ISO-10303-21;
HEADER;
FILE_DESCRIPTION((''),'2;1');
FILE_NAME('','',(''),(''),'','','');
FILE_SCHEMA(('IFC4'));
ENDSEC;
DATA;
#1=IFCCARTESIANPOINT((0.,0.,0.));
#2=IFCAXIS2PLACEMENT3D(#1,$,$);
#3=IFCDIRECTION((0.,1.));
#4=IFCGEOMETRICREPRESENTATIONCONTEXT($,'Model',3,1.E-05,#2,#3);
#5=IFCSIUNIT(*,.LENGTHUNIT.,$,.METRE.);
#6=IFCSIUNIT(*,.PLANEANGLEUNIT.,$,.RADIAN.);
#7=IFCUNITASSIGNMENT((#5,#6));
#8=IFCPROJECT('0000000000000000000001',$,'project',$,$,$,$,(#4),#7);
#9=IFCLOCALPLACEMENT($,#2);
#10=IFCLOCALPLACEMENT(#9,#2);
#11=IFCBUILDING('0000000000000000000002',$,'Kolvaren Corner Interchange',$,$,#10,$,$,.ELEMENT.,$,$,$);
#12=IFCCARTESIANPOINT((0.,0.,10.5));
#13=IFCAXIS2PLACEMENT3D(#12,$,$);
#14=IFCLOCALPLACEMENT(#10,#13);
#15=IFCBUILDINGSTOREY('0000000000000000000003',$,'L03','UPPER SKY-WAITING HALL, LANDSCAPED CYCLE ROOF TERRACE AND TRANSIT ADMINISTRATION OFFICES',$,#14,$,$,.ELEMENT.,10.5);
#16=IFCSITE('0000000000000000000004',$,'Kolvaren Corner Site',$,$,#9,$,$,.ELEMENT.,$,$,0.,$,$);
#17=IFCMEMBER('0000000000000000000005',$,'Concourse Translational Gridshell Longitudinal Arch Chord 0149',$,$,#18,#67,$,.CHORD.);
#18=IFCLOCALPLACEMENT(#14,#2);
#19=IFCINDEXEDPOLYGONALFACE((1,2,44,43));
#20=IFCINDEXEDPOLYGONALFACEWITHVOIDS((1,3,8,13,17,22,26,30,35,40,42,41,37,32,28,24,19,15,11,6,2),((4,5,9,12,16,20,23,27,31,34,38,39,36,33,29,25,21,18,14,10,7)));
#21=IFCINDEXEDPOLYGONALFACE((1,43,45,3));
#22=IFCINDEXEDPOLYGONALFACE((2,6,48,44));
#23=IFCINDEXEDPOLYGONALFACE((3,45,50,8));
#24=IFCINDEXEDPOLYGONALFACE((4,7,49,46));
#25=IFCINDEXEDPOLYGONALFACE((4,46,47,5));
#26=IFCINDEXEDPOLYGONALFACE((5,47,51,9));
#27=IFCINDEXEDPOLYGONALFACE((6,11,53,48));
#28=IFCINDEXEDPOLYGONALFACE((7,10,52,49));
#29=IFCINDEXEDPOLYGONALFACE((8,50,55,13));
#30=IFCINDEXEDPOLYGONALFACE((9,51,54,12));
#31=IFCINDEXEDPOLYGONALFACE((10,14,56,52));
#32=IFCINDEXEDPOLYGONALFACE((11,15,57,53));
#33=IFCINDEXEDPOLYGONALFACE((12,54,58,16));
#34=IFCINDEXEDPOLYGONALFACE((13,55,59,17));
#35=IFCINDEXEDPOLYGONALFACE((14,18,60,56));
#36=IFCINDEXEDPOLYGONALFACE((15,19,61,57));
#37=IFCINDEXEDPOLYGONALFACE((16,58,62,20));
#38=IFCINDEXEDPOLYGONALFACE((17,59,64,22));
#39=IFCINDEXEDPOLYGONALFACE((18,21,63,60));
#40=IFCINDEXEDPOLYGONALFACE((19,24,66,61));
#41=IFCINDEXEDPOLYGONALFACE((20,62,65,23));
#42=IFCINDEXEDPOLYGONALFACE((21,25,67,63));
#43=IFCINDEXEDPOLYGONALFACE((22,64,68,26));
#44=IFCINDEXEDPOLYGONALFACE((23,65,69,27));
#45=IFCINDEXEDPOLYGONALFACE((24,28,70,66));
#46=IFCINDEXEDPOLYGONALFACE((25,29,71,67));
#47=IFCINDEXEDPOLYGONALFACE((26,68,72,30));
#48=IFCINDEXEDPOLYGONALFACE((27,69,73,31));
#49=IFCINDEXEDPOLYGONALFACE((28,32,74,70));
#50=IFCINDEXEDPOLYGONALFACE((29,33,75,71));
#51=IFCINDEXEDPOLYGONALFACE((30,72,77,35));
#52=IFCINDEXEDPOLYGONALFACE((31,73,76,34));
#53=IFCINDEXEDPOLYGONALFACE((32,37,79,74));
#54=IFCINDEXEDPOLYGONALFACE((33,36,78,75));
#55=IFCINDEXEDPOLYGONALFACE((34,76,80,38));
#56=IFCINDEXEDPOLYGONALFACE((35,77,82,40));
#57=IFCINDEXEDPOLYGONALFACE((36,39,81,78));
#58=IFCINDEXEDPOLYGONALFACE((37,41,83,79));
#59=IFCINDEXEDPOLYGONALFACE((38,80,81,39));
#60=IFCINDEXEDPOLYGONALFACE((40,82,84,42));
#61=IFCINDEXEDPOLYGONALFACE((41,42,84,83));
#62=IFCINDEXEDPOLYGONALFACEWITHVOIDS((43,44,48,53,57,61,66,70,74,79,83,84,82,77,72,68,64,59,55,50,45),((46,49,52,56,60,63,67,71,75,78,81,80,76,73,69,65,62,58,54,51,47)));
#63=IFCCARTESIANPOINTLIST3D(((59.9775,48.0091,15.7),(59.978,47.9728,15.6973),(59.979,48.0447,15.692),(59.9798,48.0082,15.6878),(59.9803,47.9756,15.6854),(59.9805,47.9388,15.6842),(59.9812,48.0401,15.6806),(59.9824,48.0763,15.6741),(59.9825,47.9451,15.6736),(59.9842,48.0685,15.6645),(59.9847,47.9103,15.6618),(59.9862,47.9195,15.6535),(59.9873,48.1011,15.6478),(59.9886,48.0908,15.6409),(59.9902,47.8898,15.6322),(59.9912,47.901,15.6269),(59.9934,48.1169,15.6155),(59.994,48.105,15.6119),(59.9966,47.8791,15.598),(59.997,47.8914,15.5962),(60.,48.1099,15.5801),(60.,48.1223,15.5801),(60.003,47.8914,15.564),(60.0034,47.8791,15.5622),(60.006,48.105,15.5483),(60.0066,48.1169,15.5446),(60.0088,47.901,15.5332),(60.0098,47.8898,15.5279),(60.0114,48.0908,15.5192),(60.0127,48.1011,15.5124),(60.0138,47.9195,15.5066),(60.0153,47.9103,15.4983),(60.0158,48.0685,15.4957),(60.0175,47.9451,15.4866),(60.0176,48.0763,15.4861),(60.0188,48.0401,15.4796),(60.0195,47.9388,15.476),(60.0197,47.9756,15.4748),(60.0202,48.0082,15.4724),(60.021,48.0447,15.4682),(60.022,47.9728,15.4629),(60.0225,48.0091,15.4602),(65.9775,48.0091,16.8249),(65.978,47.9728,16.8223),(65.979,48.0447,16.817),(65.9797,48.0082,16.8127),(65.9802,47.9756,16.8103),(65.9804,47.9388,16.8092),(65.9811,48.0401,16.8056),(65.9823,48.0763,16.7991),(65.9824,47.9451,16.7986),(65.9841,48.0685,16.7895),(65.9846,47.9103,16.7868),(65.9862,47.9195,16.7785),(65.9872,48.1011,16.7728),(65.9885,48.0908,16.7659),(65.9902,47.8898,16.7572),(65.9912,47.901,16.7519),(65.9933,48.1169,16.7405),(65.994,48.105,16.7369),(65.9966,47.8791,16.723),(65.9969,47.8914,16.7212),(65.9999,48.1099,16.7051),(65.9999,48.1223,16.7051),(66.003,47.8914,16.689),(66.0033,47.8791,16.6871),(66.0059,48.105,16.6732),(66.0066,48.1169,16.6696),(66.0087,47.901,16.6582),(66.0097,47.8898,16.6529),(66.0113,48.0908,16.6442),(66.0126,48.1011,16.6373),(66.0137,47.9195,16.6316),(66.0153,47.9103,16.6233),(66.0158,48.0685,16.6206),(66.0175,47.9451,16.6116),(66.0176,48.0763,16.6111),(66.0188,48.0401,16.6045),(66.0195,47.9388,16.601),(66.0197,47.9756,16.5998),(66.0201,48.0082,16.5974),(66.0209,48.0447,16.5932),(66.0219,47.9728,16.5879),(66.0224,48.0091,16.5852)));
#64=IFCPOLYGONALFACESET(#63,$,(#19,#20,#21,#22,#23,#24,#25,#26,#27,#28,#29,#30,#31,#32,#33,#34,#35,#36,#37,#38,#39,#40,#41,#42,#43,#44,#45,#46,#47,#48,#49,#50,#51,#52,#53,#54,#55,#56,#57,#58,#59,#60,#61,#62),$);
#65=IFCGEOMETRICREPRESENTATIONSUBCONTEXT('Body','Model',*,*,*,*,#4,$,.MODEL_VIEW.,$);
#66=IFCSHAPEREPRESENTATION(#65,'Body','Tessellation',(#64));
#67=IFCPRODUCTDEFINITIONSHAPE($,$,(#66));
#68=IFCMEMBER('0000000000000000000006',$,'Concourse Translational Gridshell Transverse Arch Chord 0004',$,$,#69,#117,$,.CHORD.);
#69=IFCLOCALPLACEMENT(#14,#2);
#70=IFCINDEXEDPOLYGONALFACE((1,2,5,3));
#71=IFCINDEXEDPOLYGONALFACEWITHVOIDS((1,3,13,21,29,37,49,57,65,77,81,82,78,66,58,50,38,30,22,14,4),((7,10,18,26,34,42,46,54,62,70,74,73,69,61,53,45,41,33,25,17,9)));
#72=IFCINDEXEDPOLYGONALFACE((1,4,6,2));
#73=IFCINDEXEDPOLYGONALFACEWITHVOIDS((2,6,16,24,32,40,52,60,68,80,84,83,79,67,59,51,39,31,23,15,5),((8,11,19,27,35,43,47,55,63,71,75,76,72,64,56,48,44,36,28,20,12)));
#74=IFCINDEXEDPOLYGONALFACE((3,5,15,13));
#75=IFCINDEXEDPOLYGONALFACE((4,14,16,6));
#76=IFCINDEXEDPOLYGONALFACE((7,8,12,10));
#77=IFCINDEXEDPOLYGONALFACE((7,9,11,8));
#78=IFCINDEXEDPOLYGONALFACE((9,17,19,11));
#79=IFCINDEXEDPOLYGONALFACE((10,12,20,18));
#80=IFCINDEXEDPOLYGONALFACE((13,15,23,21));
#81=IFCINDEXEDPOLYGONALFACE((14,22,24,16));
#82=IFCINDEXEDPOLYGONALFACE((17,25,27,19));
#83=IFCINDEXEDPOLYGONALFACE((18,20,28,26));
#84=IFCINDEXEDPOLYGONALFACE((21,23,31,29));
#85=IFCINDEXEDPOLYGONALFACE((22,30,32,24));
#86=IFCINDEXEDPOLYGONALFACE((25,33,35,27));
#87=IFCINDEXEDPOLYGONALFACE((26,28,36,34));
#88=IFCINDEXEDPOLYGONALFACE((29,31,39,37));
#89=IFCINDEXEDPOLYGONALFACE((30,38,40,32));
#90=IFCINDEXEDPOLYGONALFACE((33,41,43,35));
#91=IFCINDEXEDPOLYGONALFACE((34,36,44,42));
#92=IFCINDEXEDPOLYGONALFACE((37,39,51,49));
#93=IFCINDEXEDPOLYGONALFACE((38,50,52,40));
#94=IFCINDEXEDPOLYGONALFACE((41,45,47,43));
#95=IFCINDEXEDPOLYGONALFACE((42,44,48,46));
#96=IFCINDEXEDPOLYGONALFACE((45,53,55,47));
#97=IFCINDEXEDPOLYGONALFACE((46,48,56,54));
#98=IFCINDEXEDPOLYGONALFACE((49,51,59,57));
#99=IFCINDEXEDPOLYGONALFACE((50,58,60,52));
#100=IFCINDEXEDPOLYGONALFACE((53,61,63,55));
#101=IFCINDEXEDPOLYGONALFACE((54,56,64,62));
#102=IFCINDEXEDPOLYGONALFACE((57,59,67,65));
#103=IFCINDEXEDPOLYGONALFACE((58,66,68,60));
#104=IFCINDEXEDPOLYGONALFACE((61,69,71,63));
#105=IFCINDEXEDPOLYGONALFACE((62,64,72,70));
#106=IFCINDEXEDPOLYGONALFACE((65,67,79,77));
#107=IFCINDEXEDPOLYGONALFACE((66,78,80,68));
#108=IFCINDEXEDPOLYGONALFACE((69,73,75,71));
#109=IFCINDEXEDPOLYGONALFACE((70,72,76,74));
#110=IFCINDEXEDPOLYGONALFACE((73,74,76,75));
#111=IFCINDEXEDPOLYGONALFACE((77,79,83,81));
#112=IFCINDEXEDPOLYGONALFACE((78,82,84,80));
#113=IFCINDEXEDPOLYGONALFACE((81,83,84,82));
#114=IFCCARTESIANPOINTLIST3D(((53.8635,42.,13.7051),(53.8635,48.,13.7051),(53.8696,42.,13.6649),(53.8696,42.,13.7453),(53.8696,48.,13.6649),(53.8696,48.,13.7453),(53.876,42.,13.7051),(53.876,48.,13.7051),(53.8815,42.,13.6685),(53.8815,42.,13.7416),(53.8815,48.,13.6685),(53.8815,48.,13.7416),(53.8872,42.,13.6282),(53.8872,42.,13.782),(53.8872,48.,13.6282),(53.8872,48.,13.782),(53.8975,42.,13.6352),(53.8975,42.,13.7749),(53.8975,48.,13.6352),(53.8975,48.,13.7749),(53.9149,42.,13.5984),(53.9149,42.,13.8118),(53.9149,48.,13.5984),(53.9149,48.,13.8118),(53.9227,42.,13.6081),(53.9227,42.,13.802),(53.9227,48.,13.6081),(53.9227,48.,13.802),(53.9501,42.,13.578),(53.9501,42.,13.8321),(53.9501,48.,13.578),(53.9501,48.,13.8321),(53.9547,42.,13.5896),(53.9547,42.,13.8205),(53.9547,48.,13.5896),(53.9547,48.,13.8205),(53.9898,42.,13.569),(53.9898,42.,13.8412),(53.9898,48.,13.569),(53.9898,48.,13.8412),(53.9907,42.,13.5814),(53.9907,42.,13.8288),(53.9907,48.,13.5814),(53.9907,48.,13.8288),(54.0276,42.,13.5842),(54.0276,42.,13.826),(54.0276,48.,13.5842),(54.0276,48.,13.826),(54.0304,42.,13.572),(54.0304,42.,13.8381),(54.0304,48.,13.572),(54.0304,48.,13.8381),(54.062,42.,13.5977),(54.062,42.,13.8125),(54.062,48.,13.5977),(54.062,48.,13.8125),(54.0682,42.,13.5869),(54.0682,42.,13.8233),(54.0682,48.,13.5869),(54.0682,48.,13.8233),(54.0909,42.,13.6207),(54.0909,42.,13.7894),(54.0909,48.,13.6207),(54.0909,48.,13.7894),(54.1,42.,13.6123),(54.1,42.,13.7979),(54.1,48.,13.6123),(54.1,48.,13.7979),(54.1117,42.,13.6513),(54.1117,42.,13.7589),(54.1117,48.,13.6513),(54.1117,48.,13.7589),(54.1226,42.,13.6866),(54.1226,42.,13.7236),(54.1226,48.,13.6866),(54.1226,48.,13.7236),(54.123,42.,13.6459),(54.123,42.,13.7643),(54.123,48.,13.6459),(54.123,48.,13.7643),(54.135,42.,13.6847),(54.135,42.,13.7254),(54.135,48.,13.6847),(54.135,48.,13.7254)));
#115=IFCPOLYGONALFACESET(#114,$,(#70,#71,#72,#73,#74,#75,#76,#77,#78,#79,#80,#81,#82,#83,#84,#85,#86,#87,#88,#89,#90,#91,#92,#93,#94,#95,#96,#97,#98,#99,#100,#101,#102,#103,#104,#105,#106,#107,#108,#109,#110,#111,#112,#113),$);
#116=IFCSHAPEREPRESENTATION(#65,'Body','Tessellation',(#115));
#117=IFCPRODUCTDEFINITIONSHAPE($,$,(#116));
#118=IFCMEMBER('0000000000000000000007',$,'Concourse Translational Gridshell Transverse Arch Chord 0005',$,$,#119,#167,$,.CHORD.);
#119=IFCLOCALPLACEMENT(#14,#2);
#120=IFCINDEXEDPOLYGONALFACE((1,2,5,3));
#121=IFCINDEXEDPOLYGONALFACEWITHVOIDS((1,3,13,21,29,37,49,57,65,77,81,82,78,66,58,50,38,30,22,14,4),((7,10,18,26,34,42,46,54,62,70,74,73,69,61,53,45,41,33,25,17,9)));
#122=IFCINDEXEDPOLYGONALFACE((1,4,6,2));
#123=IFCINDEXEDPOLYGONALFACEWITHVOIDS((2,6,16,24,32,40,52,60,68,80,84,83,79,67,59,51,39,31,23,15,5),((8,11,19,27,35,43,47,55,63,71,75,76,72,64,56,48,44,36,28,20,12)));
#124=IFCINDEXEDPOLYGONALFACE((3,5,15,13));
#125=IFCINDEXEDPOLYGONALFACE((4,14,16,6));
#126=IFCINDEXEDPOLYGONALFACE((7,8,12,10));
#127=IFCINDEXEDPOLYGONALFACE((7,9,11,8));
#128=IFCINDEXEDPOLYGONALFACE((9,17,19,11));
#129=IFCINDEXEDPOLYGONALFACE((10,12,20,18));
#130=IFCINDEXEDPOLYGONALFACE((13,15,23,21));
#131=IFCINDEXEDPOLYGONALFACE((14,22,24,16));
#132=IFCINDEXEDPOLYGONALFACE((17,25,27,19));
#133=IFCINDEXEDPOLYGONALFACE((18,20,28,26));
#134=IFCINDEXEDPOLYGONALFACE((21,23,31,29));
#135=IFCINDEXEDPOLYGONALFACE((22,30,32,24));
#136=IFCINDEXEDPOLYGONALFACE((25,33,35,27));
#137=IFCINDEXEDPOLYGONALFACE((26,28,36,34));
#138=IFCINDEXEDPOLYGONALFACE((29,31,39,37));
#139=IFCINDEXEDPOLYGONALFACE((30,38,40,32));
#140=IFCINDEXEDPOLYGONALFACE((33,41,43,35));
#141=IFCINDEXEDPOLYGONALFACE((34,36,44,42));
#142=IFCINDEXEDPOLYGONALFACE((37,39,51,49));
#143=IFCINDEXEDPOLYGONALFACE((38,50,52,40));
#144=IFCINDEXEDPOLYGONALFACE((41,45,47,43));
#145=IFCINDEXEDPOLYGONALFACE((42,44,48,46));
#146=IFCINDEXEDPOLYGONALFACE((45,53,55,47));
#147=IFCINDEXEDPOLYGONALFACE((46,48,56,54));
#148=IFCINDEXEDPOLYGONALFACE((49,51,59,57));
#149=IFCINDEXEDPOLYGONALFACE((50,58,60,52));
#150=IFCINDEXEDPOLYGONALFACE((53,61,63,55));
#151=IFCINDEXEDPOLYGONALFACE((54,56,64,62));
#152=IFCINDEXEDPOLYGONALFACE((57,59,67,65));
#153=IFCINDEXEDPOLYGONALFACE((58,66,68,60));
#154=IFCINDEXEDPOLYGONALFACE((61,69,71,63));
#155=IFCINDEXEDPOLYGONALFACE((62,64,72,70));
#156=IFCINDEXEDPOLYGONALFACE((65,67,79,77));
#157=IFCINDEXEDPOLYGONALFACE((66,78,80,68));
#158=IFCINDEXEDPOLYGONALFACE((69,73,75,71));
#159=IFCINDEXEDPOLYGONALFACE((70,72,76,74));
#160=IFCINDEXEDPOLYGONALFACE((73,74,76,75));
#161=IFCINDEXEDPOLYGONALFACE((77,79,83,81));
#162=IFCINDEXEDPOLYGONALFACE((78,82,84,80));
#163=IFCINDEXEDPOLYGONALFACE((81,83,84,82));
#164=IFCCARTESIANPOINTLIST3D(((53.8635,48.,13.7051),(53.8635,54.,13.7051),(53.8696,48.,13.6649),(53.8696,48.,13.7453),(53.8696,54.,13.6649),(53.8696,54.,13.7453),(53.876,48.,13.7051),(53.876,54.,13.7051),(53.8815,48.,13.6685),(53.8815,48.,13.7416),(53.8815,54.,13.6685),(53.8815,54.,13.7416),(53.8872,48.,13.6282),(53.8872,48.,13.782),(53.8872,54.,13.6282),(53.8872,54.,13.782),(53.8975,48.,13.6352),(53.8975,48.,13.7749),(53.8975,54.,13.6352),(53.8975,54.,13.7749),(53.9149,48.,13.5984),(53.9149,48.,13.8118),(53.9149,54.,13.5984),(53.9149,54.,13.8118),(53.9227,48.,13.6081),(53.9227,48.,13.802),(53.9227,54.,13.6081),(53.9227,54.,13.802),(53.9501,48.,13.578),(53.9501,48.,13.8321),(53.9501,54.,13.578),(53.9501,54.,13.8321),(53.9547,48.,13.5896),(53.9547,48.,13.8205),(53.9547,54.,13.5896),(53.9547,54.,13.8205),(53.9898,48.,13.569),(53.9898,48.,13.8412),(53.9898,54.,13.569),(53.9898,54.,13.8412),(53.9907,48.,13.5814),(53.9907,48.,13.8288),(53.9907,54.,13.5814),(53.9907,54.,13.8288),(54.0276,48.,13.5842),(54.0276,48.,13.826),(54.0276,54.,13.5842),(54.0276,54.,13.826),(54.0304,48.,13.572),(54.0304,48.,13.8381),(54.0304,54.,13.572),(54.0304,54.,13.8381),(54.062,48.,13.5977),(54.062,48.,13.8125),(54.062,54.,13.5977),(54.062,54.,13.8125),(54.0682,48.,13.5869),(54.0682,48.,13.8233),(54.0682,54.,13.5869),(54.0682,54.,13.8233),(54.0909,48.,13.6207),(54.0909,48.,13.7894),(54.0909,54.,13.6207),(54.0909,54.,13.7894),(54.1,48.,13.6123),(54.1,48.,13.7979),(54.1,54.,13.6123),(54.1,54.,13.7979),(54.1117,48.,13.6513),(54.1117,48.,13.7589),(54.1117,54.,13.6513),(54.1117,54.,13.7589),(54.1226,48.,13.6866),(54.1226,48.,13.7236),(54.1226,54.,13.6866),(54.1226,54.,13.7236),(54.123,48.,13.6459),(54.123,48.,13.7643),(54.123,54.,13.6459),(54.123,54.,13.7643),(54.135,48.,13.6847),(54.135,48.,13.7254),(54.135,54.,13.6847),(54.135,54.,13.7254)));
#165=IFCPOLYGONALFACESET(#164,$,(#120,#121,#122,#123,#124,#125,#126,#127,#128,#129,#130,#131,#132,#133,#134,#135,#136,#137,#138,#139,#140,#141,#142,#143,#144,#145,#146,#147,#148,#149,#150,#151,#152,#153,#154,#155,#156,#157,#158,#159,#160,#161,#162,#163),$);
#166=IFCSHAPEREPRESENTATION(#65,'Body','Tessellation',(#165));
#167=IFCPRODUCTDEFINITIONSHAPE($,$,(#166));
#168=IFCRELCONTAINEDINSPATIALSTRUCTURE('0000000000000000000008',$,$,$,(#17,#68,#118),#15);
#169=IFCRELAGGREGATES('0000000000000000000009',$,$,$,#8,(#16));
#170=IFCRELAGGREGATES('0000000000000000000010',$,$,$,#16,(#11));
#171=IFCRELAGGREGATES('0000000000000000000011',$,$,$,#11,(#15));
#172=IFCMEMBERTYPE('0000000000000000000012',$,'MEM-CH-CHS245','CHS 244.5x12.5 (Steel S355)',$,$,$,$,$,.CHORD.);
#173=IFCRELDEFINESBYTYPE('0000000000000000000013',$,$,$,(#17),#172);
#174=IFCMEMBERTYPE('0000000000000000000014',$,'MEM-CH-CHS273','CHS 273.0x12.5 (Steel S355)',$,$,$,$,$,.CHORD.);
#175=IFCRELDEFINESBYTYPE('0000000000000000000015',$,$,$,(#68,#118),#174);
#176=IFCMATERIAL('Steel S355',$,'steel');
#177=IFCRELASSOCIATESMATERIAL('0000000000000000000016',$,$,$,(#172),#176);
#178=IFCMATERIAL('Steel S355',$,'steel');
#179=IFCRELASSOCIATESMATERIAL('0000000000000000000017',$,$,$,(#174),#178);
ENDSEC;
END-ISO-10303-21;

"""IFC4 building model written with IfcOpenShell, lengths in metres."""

from ifc_helpers import new_model, si_unit, direction, frame, origin, origin_2d, place, context, subcontext, project, spatial, hollow_circle, extrude, material, material_profile, profile_set, type_object, element, save


model = new_model("IFC4")

# Units and contexts
model_context = context("Model", 3, precision=1e-05, world=origin(), true_north=direction((0.0, 1.0)))
body_context = subcontext(model_context, "Body", "Model", "MODEL_VIEW")
ifc_project = project(units=[si_unit("LENGTHUNIT", "METRE"), si_unit("PLANEANGLEUNIT", "RADIAN")], contexts=[model_context])

# Site, building, storey
site_placement = place(None, origin())
site = spatial("IfcSite", under=ifc_project, at=site_placement, Name="Kolvaren Corner Site", CompositionType="ELEMENT", RefElevation=0.0)
building_placement = place(site_placement, origin())
building = spatial("IfcBuilding", under=site, at=building_placement, Name="Kolvaren Corner Interchange", CompositionType="ELEMENT")
storey_placement = place(building_placement, frame((0.0, 0.0, 10.5)))
storey = spatial("IfcBuildingStorey", under=building, at=storey_placement, Name="L03", Description="UPPER SKY-WAITING HALL, LANDSCAPED CYCLE ROOF TERRACE AND TRANSIT ADMINISTRATION OFFICES", CompositionType="ELEMENT", Elevation=10.5)

# Members
ifc_material_1 = material(Name="Steel S355", Category="steel")
ifc_material_profile_1 = material_profile(ifc_material_1, hollow_circle(Radius=0.1223, WallThickness=0.0125, at=origin_2d()), Name="CHS 244.5x12.5")
ifc_profile_set_1 = profile_set([ifc_material_profile_1], Name="Steel S355")
member_type_1 = type_object("IfcMemberType", Name="MEM-CH-CHS245", Description="CHS 244.5x12.5 (Steel S355)", PredefinedType="CHORD", material=ifc_profile_set_1)
member_1_placement = place(storey_placement, frame((60.0, 48.0, 15.5801), z_axis=(0.982872, 0.0, 0.184289), x_axis=(0.0, 1.0, 0.0)))
element("IfcMember", 1, at=member_1_placement, inside=storey, type_object=member_type_1, Name="Concourse Translational Gridshell Longitudinal Arch Chord 0149", PredefinedType="CHORD", context=body_context, shape_type="SweptSolid", body=[
    extrude(hollow_circle(Radius=0.1223, WallThickness=0.0125, at=origin_2d()), origin(), (0.0, 0.0, 1.0), 6.1045),
])
ifc_material_2 = material(Name="Steel S355", Category="steel")
ifc_material_profile_2 = material_profile(ifc_material_2, hollow_circle(Radius=0.1365, WallThickness=0.0125, at=origin_2d()), Name="CHS 273.0x12.5")
ifc_profile_set_2 = profile_set([ifc_material_profile_2], Name="Steel S355")
member_type_2 = type_object("IfcMemberType", Name="MEM-CH-CHS273", Description="CHS 273.0x12.5 (Steel S355)", PredefinedType="CHORD", material=ifc_profile_set_2)
for number, where, z_axis, x_axis, name in (
    (2, (54.0, 42.0, 13.7051), (0.0, 1.0, 0.0), (-1.0, 0.0, 0.0), "Concourse Translational Gridshell Transverse Arch Chord 0004"),
    (3, (54.0, 48.0, 13.7051), (0.0, 1.0, 0.0), (-1.0, 0.0, 0.0), "Concourse Translational Gridshell Transverse Arch Chord 0005"),
):
    element("IfcMember", number, at=place(storey_placement, frame(where, z_axis=z_axis, x_axis=x_axis)), inside=storey, type_object=member_type_2, Name=name, PredefinedType="CHORD", context=body_context, shape_type="SweptSolid", body=[
        extrude(hollow_circle(Radius=0.1365, WallThickness=0.0125, at=origin_2d()), origin(), (0.0, 0.0, 1.0), 6.0),
    ])

save(model, "model.ifc")
